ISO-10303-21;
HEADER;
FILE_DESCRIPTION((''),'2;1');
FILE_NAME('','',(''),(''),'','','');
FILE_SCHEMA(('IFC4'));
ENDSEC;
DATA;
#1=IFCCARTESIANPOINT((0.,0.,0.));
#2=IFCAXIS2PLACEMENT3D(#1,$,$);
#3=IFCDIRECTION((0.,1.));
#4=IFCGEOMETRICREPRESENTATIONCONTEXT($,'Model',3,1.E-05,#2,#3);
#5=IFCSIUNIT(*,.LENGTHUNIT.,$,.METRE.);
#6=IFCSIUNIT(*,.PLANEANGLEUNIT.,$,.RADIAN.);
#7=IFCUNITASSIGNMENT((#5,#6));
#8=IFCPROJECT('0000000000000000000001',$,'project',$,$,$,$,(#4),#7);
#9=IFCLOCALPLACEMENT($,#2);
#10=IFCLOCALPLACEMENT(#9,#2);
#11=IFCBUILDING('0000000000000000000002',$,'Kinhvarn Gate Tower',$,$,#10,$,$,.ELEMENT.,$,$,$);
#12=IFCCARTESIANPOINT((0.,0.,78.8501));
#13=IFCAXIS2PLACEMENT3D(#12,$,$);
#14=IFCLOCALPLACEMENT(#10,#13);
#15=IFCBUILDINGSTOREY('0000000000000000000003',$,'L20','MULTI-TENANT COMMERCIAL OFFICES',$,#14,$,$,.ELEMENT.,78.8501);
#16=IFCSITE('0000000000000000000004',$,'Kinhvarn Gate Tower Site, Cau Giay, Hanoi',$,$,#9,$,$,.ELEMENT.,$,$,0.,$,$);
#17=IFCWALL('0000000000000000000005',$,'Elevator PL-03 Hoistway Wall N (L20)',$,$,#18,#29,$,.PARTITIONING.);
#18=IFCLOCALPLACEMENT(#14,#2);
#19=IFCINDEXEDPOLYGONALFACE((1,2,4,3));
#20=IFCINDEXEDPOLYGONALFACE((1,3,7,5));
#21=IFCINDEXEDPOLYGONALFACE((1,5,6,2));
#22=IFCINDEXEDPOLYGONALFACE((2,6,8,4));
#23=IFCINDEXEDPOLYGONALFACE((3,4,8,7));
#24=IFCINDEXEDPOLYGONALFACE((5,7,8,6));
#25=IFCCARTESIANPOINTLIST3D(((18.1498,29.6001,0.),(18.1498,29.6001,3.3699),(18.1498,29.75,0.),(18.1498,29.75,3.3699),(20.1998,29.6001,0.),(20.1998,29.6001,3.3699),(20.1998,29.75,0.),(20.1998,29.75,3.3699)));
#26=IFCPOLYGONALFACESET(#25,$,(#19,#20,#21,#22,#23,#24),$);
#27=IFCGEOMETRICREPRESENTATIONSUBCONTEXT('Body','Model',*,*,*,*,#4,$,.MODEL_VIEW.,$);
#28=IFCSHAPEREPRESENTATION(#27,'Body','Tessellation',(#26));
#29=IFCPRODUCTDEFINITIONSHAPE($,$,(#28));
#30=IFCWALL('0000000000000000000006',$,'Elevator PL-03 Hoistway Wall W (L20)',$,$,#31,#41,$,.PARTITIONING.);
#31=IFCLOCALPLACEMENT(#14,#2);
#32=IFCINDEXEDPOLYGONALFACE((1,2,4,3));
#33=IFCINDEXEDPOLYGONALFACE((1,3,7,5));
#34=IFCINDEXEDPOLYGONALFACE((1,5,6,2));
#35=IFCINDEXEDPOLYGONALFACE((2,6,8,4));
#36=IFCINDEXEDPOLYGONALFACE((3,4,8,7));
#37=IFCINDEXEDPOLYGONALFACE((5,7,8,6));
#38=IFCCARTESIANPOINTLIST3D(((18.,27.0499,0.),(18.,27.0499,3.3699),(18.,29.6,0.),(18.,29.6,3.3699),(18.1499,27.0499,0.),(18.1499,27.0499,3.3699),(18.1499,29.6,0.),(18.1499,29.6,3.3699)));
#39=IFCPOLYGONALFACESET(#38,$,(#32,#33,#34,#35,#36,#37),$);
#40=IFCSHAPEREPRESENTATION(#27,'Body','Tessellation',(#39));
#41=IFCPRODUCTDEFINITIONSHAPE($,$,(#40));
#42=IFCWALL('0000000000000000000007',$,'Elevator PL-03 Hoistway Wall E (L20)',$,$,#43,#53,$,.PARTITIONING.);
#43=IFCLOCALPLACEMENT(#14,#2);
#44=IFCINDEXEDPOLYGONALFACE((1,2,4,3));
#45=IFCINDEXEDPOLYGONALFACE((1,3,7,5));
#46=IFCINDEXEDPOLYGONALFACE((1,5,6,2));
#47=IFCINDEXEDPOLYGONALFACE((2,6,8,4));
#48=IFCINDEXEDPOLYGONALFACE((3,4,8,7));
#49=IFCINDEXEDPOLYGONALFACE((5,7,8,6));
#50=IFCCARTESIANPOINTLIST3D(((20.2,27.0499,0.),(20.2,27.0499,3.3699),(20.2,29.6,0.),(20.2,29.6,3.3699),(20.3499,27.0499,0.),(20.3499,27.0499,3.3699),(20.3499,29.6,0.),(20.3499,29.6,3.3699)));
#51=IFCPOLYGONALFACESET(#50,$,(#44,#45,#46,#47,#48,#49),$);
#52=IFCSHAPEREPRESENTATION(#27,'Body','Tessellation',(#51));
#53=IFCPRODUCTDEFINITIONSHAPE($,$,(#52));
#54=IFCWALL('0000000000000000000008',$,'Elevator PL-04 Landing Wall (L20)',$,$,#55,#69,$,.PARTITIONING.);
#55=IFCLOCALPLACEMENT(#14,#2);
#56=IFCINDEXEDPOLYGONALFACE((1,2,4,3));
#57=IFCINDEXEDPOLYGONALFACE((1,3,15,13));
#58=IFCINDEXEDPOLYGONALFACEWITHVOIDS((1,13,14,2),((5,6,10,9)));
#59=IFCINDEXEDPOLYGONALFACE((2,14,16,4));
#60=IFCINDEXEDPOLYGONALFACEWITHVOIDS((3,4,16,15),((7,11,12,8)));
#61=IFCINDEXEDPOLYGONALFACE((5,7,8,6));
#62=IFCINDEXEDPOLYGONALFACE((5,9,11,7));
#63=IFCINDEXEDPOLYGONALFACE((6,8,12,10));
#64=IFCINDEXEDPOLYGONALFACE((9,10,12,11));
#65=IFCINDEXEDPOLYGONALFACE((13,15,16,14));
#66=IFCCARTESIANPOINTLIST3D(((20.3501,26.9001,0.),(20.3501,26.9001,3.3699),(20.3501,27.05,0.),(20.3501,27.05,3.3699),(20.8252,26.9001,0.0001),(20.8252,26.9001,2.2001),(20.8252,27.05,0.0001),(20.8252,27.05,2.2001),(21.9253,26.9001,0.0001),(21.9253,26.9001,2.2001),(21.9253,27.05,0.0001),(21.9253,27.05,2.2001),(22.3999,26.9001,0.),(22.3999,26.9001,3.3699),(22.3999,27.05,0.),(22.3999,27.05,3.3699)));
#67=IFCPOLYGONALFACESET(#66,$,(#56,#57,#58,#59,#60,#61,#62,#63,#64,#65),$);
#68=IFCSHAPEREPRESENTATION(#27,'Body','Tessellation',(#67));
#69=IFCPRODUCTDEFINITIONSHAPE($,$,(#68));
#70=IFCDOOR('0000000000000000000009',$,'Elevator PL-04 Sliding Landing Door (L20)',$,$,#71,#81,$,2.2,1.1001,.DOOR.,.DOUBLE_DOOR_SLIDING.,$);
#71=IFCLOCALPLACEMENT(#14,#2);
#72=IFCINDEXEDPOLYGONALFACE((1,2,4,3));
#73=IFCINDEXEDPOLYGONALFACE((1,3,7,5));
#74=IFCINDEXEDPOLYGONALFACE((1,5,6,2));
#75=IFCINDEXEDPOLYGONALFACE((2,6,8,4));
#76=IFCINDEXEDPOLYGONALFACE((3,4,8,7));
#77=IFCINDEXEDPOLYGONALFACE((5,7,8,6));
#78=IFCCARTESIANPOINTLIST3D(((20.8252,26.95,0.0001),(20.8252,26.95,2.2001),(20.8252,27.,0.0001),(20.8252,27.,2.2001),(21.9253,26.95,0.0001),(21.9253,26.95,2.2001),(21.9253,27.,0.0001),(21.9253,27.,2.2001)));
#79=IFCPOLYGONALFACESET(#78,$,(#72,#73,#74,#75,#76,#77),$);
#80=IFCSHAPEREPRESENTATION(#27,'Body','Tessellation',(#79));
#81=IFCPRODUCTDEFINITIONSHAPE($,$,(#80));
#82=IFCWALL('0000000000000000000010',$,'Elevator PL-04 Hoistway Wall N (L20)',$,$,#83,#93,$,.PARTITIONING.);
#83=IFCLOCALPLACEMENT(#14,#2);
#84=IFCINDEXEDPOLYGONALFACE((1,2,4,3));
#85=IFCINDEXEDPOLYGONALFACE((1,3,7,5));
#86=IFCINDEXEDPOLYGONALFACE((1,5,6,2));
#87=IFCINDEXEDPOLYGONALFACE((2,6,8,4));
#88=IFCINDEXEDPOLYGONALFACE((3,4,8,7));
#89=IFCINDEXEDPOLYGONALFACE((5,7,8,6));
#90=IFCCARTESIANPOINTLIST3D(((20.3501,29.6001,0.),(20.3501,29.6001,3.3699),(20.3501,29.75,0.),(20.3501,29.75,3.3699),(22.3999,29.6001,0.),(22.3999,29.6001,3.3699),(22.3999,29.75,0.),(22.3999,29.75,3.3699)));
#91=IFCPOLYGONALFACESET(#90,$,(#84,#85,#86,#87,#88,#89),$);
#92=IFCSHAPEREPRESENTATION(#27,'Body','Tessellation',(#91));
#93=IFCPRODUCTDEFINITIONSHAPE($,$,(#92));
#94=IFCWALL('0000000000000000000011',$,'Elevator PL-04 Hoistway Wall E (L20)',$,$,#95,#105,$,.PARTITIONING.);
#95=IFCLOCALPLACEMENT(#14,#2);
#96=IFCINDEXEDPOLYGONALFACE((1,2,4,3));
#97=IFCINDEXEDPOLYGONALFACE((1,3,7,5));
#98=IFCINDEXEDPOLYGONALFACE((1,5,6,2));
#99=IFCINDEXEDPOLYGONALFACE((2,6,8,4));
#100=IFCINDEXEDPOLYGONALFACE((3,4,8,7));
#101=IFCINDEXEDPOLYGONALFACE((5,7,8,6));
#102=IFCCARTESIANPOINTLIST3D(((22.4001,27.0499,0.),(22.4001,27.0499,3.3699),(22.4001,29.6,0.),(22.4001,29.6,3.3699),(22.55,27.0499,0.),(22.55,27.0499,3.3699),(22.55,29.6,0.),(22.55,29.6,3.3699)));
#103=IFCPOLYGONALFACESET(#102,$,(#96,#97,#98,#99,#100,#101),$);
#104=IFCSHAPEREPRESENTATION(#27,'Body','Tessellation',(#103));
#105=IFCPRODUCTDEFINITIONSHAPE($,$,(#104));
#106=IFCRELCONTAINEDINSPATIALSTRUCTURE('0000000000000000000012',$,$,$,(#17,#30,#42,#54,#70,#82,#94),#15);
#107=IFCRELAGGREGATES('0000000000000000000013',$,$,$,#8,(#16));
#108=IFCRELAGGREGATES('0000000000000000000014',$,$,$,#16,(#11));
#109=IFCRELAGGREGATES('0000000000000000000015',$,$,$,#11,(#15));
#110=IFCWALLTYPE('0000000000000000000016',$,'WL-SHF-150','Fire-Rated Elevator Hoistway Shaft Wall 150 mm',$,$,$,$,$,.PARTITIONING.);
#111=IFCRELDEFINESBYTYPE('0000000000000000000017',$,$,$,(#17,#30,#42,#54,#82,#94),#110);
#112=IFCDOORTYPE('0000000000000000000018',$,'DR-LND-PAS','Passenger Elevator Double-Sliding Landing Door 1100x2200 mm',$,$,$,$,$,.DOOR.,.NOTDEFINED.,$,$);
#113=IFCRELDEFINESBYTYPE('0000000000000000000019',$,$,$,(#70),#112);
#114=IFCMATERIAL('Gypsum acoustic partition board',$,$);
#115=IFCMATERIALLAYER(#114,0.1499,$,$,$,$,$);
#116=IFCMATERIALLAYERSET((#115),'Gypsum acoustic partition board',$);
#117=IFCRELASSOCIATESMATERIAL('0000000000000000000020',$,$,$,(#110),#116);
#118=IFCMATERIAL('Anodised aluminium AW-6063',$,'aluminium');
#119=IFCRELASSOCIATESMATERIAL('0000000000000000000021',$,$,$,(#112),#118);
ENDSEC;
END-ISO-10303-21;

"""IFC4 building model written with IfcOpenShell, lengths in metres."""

from ifc_helpers import new_model, si_unit, direction, frame, frame_2d, origin, place, context, subcontext, project, spatial, rectangle, extrude, material, layer, layer_set, type_object, element, fill, save


model = new_model("IFC4")

# Units and contexts
model_context = context("Model", 3, precision=1e-05, world=origin(), true_north=direction((0.0, 1.0)))
body_context = subcontext(model_context, "Body", "Model", "MODEL_VIEW")
ifc_project = project(units=[si_unit("LENGTHUNIT", "METRE"), si_unit("PLANEANGLEUNIT", "RADIAN")], contexts=[model_context])

# Site, building, storey
site_placement = place(None, origin())
site = spatial("IfcSite", under=ifc_project, at=site_placement, Name="Kinhvarn Gate Tower Site, Cau Giay, Hanoi", CompositionType="ELEMENT", RefElevation=0.0)
building_placement = place(site_placement, origin())
building = spatial("IfcBuilding", under=site, at=building_placement, Name="Kinhvarn Gate Tower", CompositionType="ELEMENT")
storey_placement = place(building_placement, frame((0.0, 0.0, 78.8501)))
storey = spatial("IfcBuildingStorey", under=building, at=storey_placement, Name="L20", Description="MULTI-TENANT COMMERCIAL OFFICES", CompositionType="ELEMENT", Elevation=78.8501)

# Shared definitions
ifc_material_1 = material(Name="Gypsum acoustic partition board")

# Shared definitions
ifc_material_2 = material(Name="Anodised aluminium AW-6063", Category="aluminium")
ifc_layer_1 = layer(ifc_material_1, 0.1499)
ifc_layer_set_1 = layer_set([ifc_layer_1], Name="Gypsum acoustic partition board")
wall_type_1 = type_object("IfcWallType", Name="WL-SHF-150", Description="Fire-Rated Elevator Hoistway Shaft Wall 150 mm", PredefinedType="PARTITIONING", material=ifc_layer_set_1)
door_type_1 = type_object("IfcDoorType", Name="DR-LND-PAS", Description="Passenger Elevator Double-Sliding Landing Door 1100x2200 mm", OperationType="NOTDEFINED", PredefinedType="DOOR", material=ifc_material_2)

# Walls
wall_1_placement = place(storey_placement, frame((18.1499, 29.675, 0.0), z_axis=(0.0, 0.0, 1.0), x_axis=(1.0, 0.0, 0.0)))
element("IfcWall", 1, at=wall_1_placement, inside=storey, type_object=wall_type_1, Name="Elevator PL-03 Hoistway Wall N (L20)", PredefinedType="PARTITIONING", context=body_context, shape_type="SweptSolid", body=[
    extrude(rectangle(XDim=2.05, YDim=0.1499, at=frame_2d((1.0249, 0.0))), origin(), (0.0, 0.0, 1.0), 3.3699),
])
for number, where, z_axis, x_axis, name in (
    (2, (18.075, 27.05, 0.0), (0.0, 0.0, 1.0), (0.0, 1.0, 0.0), "Elevator PL-03 Hoistway Wall W (L20)"),
    (3, (20.2749, 27.05, 0.0), (0.0, 0.0, 1.0), (0.0, 1.0, 0.0), "Elevator PL-03 Hoistway Wall E (L20)"),
):
    element("IfcWall", number, at=place(storey_placement, frame(where, z_axis=z_axis, x_axis=x_axis)), inside=storey, type_object=wall_type_1, Name=name, PredefinedType="PARTITIONING", context=body_context, shape_type="SweptSolid", body=[
        extrude(rectangle(XDim=2.55, YDim=0.1499, at=frame_2d((1.2749, 0.0))), origin(), (0.0, 0.0, 1.0), 3.3699),
    ])

# Wall, opening, door
wall_2_placement = place(storey_placement, frame((20.3501, 26.9751, 0.0), z_axis=(0.0, 0.0, 1.0), x_axis=(1.0, 0.0, 0.0)))
wall_2 = element("IfcWall", 4, at=wall_2_placement, inside=storey, type_object=wall_type_1, Name="Elevator PL-04 Landing Wall (L20)", PredefinedType="PARTITIONING", context=body_context, shape_type="SweptSolid", body=[
    extrude(rectangle(XDim=2.0498, YDim=0.1499, at=frame_2d((1.0249, 0.0))), origin(), (0.0, 0.0, 1.0), 3.3699),
])
opening_1_placement = place(wall_2_placement, frame((0.4751, 0.0, 0.0)))
opening_1 = element("IfcOpeningElement", 5, at=opening_1_placement, cuts=wall_2, PredefinedType="OPENING", context=body_context, shape_type="SweptSolid", body=[
    extrude(rectangle(XDim=1.1001, YDim=2.2, at=frame_2d((0.55, 1.1001))), frame((0.0, 0.085, 0.0), z_axis=(0.0, -1.0, 0.0), x_axis=(1.0, 0.0, 0.0)), (0.0, 0.0, 1.0), 0.1699),
])
door_1_placement = place(opening_1_placement, origin())
door_1 = element("IfcDoor", 6, at=door_1_placement, inside=storey, type_object=door_type_1, Name="Elevator PL-04 Sliding Landing Door (L20)", OperationType="DOUBLE_DOOR_SLIDING", OverallHeight=2.2, OverallWidth=1.1001, PredefinedType="DOOR", context=body_context, shape_type="SweptSolid", body=[
    extrude(rectangle(XDim=1.1001, YDim=2.2, at=frame_2d((0.55, 1.1001))), frame((0.0, 0.0249, 0.0), z_axis=(0.0, -1.0, 0.0), x_axis=(1.0, 0.0, 0.0)), (0.0, 0.0, 1.0), 0.05),
])
fill(opening_1, door_1)

# Walls
wall_3_placement = place(storey_placement, frame((20.3501, 29.675, 0.0), z_axis=(0.0, 0.0, 1.0), x_axis=(1.0, 0.0, 0.0)))
element("IfcWall", 7, at=wall_3_placement, inside=storey, type_object=wall_type_1, Name="Elevator PL-04 Hoistway Wall N (L20)", PredefinedType="PARTITIONING", context=body_context, shape_type="SweptSolid", body=[
    extrude(rectangle(XDim=2.0498, YDim=0.1499, at=frame_2d((1.0249, 0.0))), origin(), (0.0, 0.0, 1.0), 3.3699),
])
wall_4_placement = place(storey_placement, frame((22.4751, 27.05, 0.0), z_axis=(0.0, 0.0, 1.0), x_axis=(0.0, 1.0, 0.0)))
element("IfcWall", 8, at=wall_4_placement, inside=storey, type_object=wall_type_1, Name="Elevator PL-04 Hoistway Wall E (L20)", PredefinedType="PARTITIONING", context=body_context, shape_type="SweptSolid", body=[
    extrude(rectangle(XDim=2.55, YDim=0.1499, at=frame_2d((1.2749, 0.0))), origin(), (0.0, 0.0, 1.0), 3.3699),
])

save(model, "model.ifc")
